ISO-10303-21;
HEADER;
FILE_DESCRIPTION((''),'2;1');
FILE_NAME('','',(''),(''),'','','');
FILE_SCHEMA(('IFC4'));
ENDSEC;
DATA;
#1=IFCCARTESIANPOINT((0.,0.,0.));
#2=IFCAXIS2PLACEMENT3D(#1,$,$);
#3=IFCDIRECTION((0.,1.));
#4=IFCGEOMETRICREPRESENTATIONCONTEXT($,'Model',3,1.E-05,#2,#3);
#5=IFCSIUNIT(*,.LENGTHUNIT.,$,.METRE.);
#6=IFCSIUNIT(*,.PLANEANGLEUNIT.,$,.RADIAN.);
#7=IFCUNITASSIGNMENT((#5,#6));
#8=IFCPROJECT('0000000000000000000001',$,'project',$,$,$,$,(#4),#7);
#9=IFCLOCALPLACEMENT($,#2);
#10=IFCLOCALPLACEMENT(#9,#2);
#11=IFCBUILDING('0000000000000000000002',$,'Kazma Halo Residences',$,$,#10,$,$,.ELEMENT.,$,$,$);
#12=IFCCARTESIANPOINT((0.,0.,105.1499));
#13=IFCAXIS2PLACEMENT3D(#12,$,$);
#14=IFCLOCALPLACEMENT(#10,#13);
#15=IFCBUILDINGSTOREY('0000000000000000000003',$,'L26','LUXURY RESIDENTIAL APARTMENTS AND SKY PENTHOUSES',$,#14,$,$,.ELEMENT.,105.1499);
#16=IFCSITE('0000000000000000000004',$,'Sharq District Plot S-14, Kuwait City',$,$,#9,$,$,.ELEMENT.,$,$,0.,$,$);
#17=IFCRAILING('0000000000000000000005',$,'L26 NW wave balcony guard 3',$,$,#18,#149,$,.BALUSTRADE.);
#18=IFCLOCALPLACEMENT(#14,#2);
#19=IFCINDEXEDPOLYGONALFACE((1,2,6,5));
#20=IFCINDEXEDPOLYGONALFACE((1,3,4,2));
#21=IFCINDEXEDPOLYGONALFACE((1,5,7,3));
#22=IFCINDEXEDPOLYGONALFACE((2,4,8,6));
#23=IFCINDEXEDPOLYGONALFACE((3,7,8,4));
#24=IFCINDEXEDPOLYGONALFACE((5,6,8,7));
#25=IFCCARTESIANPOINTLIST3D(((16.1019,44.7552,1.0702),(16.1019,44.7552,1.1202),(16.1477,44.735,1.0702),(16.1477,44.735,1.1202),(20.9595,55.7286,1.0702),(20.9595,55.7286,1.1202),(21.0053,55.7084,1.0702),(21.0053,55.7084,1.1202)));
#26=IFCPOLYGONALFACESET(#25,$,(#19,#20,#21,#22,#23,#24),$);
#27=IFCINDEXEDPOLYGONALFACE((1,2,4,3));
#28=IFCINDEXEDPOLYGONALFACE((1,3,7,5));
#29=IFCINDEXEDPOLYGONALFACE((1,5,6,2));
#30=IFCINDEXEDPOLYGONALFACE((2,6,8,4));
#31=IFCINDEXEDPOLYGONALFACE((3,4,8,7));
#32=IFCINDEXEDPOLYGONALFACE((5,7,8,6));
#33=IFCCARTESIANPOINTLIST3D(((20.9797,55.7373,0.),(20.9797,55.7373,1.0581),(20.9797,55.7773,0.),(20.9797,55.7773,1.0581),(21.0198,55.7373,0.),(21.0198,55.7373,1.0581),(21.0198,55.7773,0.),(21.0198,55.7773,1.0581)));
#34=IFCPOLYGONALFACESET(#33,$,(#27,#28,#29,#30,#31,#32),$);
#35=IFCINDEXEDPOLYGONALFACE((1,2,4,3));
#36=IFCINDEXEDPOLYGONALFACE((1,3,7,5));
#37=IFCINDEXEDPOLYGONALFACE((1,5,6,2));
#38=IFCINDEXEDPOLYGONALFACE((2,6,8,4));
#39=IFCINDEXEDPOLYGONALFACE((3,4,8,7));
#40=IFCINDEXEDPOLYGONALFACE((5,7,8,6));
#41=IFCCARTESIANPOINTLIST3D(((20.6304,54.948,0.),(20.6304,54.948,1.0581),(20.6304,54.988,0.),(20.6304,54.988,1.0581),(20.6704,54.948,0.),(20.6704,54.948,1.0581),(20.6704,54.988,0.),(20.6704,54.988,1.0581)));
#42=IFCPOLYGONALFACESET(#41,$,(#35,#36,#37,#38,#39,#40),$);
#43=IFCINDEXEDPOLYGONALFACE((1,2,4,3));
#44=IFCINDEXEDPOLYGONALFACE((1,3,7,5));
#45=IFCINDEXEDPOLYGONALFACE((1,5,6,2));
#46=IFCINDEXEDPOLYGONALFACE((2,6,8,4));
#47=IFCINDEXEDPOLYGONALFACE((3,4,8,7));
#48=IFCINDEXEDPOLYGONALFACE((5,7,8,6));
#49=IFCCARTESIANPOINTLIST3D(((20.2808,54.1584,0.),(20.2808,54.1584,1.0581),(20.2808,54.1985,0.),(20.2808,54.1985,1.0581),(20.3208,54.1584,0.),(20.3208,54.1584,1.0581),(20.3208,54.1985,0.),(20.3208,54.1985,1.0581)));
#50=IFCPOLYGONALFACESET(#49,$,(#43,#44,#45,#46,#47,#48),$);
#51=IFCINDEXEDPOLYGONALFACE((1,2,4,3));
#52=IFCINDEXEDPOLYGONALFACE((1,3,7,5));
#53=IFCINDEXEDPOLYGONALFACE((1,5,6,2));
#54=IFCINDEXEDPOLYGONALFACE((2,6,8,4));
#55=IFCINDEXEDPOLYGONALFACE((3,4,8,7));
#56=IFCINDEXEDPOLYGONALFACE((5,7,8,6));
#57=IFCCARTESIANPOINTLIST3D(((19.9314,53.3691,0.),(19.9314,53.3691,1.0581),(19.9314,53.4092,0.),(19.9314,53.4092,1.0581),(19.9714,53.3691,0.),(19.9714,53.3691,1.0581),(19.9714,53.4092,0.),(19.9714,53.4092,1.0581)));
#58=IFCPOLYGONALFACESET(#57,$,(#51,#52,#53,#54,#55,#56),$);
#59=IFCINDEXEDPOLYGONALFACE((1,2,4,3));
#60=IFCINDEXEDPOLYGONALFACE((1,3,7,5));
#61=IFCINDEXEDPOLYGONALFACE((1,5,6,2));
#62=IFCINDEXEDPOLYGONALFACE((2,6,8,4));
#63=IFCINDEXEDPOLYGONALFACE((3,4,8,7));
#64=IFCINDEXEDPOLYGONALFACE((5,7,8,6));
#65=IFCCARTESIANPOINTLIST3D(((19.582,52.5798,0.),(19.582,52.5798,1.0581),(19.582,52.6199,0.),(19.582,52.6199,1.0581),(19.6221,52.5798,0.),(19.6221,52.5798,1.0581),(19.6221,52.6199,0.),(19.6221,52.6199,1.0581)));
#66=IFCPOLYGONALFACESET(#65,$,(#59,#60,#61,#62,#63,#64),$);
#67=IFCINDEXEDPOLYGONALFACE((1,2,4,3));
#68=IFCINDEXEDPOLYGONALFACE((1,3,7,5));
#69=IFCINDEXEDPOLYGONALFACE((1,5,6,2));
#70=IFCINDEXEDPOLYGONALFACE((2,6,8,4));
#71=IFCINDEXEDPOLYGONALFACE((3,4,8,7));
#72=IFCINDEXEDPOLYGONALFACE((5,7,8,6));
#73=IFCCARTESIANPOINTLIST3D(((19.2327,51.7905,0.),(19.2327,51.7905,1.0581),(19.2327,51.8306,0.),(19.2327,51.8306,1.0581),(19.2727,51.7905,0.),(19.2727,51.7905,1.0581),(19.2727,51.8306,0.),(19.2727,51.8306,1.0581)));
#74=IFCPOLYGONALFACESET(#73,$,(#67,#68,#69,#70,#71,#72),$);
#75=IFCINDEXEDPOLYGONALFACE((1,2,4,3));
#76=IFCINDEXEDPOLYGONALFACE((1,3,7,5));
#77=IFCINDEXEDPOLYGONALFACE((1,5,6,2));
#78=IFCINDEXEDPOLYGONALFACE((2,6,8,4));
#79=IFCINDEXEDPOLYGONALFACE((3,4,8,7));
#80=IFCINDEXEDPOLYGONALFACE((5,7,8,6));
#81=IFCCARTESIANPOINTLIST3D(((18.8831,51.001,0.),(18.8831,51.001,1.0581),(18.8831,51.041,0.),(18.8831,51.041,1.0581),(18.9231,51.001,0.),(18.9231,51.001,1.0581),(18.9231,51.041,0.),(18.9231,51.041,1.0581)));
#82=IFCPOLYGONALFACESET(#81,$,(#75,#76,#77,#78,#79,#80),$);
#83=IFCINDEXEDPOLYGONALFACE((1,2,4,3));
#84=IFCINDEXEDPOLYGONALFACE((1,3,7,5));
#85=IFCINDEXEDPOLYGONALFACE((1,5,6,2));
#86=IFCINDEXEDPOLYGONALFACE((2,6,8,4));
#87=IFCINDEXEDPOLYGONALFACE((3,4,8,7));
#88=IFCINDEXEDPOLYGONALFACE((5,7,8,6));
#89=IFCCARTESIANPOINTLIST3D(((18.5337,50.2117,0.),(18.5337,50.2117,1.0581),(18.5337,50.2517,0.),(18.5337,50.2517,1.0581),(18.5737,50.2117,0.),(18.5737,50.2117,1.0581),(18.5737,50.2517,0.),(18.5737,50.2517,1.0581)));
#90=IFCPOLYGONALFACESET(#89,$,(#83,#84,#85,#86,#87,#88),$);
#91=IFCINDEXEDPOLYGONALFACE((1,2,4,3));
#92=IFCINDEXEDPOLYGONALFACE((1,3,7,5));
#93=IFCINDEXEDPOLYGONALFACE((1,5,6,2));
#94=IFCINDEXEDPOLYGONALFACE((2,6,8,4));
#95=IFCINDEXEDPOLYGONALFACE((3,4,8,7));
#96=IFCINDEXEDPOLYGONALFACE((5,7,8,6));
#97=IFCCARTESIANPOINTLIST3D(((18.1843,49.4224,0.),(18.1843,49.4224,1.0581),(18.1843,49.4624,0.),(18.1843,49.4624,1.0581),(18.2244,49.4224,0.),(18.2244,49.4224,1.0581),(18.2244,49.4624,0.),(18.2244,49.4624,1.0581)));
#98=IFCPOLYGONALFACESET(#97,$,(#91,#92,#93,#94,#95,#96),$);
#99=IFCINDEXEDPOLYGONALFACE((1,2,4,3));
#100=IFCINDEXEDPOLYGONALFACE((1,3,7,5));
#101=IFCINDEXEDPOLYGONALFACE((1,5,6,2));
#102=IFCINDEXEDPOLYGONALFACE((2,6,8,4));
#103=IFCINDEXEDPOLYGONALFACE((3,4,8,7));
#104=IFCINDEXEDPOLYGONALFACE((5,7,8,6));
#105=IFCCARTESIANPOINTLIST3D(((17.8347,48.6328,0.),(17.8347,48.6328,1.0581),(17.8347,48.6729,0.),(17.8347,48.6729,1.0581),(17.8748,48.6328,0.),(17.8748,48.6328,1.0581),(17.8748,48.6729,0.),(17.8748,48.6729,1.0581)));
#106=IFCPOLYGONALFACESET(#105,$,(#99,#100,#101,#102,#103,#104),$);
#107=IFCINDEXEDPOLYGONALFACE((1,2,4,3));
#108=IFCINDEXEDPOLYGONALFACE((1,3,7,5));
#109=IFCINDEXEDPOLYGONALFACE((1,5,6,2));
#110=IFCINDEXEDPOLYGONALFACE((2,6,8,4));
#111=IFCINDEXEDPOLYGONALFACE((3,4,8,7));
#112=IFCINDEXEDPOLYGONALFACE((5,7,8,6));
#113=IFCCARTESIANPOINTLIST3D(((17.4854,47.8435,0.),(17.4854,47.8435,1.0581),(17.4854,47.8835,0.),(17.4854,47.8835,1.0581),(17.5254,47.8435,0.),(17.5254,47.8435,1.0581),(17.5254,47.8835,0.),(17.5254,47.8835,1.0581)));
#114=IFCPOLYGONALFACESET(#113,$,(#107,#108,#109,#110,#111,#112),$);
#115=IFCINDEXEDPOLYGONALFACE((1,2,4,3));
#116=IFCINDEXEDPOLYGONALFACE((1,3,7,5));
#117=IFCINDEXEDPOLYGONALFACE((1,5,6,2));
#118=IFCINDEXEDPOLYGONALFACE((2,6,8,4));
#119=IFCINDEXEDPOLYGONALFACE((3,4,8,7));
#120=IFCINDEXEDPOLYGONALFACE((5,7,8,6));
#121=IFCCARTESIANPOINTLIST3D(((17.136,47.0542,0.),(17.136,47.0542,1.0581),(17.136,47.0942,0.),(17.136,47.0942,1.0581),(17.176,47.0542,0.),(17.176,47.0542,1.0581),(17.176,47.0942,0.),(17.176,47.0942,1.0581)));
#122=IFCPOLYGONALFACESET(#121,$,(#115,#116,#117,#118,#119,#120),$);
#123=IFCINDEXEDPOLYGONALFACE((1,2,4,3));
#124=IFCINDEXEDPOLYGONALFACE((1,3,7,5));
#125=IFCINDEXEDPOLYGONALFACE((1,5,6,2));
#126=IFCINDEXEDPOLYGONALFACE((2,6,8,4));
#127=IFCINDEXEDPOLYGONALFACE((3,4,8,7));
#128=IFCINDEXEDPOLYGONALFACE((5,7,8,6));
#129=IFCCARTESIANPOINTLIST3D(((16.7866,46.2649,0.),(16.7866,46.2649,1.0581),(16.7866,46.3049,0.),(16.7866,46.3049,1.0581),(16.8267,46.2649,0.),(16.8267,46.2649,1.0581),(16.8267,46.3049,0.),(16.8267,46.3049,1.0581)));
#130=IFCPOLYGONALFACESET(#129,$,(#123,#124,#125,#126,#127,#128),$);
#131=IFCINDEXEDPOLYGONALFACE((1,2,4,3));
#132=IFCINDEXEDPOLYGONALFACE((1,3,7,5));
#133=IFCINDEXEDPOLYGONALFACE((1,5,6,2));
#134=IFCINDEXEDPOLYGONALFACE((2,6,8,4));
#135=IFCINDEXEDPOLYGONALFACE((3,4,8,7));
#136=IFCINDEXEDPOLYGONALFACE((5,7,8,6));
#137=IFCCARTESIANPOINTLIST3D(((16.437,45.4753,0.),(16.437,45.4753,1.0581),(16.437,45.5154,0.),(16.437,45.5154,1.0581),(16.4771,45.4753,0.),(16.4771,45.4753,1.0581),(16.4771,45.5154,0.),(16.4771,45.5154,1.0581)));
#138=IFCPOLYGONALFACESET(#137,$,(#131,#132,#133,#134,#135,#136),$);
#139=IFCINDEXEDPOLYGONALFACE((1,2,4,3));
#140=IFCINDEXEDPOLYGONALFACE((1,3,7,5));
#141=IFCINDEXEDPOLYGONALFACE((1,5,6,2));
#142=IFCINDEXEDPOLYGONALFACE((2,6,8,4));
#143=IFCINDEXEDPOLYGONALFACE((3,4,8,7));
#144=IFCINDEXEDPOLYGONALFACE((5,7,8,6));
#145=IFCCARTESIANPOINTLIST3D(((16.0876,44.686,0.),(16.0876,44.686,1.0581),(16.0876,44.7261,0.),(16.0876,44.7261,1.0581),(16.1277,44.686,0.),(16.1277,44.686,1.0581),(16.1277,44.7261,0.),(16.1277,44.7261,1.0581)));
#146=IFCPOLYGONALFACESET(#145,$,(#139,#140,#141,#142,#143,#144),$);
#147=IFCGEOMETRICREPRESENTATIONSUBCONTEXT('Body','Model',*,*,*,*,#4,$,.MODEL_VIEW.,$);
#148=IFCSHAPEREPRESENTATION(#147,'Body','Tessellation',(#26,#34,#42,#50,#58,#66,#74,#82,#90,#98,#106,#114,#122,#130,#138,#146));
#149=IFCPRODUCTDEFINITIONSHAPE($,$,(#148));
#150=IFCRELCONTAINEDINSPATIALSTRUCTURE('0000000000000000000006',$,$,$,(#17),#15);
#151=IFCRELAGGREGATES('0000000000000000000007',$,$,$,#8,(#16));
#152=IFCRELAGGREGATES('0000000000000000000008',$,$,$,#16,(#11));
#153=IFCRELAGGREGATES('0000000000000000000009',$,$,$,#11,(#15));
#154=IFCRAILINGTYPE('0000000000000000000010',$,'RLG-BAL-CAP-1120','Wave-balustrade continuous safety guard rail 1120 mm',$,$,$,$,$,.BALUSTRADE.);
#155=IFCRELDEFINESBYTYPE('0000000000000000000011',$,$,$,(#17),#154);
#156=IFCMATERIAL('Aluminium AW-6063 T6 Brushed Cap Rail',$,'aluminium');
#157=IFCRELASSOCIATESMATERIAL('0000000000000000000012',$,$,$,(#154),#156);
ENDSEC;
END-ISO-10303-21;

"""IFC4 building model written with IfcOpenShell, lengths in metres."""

from ifc_helpers import new_model, si_unit, direction, frame, origin, origin_2d, place, context, subcontext, project, spatial, rectangle, extrude, material, type_object, element, save


model = new_model("IFC4")

# Units and contexts
model_context = context("Model", 3, precision=1e-05, world=origin(), true_north=direction((0.0, 1.0)))
body_context = subcontext(model_context, "Body", "Model", "MODEL_VIEW")
ifc_project = project(units=[si_unit("LENGTHUNIT", "METRE"), si_unit("PLANEANGLEUNIT", "RADIAN")], contexts=[model_context])

# Site, building, storey
site_placement = place(None, origin())
site = spatial("IfcSite", under=ifc_project, at=site_placement, Name="Sharq District Plot S-14, Kuwait City", CompositionType="ELEMENT", RefElevation=0.0)
building_placement = place(site_placement, origin())
building = spatial("IfcBuilding", under=site, at=building_placement, Name="Kazma Halo Residences", CompositionType="ELEMENT")
storey_placement = place(building_placement, frame((0.0, 0.0, 105.1499)))
storey = spatial("IfcBuildingStorey", under=building, at=storey_placement, Name="L26", Description="LUXURY RESIDENTIAL APARTMENTS AND SKY PENTHOUSES", CompositionType="ELEMENT", Elevation=105.1499)

# Railing
ifc_material_1 = material(Name="Aluminium AW-6063 T6 Brushed Cap Rail", Category="aluminium")
railing_type = type_object("IfcRailingType", Name="RLG-BAL-CAP-1120", Description="Wave-balustrade continuous safety guard rail 1120 mm", PredefinedType="BALUSTRADE", material=ifc_material_1)
railing_1_placement = place(storey_placement, frame((20.9998, 55.7573, 0.0)))
element("IfcRailing", 1, at=railing_1_placement, inside=storey, type_object=railing_type, Name="L26 NW wave balcony guard 3", PredefinedType="BALUSTRADE", context=body_context, shape_type="SweptSolid", body=[
    extrude(rectangle(XDim=0.05, YDim=0.05, at=origin_2d()), frame((-0.0173, -0.0388, 1.0952), z_axis=(-0.404785, -0.914412, 0.0), x_axis=(0.914412, -0.404785, 0.0)), (0.0, 0.0, 1.0), 12.0005),
    extrude(rectangle(XDim=0.04, YDim=0.04, at=origin_2d()), origin(), (0.0, 0.0, 1.0), 1.0581),
    extrude(rectangle(XDim=0.04, YDim=0.04, at=origin_2d()), frame((-0.3494, -0.7893, 0.0)), (0.0, 0.0, 1.0), 1.0581),
    extrude(rectangle(XDim=0.04, YDim=0.04, at=origin_2d()), frame((-0.699, -1.5789, 0.0)), (0.0, 0.0, 1.0), 1.0581),
    extrude(rectangle(XDim=0.04, YDim=0.04, at=origin_2d()), frame((-1.0483, -2.3682, 0.0)), (0.0, 0.0, 1.0), 1.0581),
    extrude(rectangle(XDim=0.04, YDim=0.04, at=origin_2d()), frame((-1.3977, -3.1575, 0.0)), (0.0, 0.0, 1.0), 1.0581),
    extrude(rectangle(XDim=0.04, YDim=0.04, at=origin_2d()), frame((-1.7471, -3.9468, 0.0)), (0.0, 0.0, 1.0), 1.0581),
    extrude(rectangle(XDim=0.04, YDim=0.04, at=origin_2d()), frame((-2.0967, -4.7363, 0.0)), (0.0, 0.0, 1.0), 1.0581),
    extrude(rectangle(XDim=0.04, YDim=0.04, at=origin_2d()), frame((-2.446, -5.5256, 0.0)), (0.0, 0.0, 1.0), 1.0581),
    extrude(rectangle(XDim=0.04, YDim=0.04, at=origin_2d()), frame((-2.7954, -6.3149, 0.0)), (0.0, 0.0, 1.0), 1.0581),
    extrude(rectangle(XDim=0.04, YDim=0.04, at=origin_2d()), frame((-3.145, -7.1045, 0.0)), (0.0, 0.0, 1.0), 1.0581),
    extrude(rectangle(XDim=0.04, YDim=0.04, at=origin_2d()), frame((-3.4944, -7.8938, 0.0)), (0.0, 0.0, 1.0), 1.0581),
    extrude(rectangle(XDim=0.04, YDim=0.04, at=origin_2d()), frame((-3.8438, -8.6831, 0.0)), (0.0, 0.0, 1.0), 1.0581),
    extrude(rectangle(XDim=0.04, YDim=0.04, at=origin_2d()), frame((-4.1931, -9.4724, 0.0)), (0.0, 0.0, 1.0), 1.0581),
    extrude(rectangle(XDim=0.04, YDim=0.04, at=origin_2d()), frame((-4.5427, -10.262, 0.0)), (0.0, 0.0, 1.0), 1.0581),
    extrude(rectangle(XDim=0.04, YDim=0.04, at=origin_2d()), frame((-4.8921, -11.0513, 0.0)), (0.0, 0.0, 1.0), 1.0581),
])

save(model, "model.ifc")
